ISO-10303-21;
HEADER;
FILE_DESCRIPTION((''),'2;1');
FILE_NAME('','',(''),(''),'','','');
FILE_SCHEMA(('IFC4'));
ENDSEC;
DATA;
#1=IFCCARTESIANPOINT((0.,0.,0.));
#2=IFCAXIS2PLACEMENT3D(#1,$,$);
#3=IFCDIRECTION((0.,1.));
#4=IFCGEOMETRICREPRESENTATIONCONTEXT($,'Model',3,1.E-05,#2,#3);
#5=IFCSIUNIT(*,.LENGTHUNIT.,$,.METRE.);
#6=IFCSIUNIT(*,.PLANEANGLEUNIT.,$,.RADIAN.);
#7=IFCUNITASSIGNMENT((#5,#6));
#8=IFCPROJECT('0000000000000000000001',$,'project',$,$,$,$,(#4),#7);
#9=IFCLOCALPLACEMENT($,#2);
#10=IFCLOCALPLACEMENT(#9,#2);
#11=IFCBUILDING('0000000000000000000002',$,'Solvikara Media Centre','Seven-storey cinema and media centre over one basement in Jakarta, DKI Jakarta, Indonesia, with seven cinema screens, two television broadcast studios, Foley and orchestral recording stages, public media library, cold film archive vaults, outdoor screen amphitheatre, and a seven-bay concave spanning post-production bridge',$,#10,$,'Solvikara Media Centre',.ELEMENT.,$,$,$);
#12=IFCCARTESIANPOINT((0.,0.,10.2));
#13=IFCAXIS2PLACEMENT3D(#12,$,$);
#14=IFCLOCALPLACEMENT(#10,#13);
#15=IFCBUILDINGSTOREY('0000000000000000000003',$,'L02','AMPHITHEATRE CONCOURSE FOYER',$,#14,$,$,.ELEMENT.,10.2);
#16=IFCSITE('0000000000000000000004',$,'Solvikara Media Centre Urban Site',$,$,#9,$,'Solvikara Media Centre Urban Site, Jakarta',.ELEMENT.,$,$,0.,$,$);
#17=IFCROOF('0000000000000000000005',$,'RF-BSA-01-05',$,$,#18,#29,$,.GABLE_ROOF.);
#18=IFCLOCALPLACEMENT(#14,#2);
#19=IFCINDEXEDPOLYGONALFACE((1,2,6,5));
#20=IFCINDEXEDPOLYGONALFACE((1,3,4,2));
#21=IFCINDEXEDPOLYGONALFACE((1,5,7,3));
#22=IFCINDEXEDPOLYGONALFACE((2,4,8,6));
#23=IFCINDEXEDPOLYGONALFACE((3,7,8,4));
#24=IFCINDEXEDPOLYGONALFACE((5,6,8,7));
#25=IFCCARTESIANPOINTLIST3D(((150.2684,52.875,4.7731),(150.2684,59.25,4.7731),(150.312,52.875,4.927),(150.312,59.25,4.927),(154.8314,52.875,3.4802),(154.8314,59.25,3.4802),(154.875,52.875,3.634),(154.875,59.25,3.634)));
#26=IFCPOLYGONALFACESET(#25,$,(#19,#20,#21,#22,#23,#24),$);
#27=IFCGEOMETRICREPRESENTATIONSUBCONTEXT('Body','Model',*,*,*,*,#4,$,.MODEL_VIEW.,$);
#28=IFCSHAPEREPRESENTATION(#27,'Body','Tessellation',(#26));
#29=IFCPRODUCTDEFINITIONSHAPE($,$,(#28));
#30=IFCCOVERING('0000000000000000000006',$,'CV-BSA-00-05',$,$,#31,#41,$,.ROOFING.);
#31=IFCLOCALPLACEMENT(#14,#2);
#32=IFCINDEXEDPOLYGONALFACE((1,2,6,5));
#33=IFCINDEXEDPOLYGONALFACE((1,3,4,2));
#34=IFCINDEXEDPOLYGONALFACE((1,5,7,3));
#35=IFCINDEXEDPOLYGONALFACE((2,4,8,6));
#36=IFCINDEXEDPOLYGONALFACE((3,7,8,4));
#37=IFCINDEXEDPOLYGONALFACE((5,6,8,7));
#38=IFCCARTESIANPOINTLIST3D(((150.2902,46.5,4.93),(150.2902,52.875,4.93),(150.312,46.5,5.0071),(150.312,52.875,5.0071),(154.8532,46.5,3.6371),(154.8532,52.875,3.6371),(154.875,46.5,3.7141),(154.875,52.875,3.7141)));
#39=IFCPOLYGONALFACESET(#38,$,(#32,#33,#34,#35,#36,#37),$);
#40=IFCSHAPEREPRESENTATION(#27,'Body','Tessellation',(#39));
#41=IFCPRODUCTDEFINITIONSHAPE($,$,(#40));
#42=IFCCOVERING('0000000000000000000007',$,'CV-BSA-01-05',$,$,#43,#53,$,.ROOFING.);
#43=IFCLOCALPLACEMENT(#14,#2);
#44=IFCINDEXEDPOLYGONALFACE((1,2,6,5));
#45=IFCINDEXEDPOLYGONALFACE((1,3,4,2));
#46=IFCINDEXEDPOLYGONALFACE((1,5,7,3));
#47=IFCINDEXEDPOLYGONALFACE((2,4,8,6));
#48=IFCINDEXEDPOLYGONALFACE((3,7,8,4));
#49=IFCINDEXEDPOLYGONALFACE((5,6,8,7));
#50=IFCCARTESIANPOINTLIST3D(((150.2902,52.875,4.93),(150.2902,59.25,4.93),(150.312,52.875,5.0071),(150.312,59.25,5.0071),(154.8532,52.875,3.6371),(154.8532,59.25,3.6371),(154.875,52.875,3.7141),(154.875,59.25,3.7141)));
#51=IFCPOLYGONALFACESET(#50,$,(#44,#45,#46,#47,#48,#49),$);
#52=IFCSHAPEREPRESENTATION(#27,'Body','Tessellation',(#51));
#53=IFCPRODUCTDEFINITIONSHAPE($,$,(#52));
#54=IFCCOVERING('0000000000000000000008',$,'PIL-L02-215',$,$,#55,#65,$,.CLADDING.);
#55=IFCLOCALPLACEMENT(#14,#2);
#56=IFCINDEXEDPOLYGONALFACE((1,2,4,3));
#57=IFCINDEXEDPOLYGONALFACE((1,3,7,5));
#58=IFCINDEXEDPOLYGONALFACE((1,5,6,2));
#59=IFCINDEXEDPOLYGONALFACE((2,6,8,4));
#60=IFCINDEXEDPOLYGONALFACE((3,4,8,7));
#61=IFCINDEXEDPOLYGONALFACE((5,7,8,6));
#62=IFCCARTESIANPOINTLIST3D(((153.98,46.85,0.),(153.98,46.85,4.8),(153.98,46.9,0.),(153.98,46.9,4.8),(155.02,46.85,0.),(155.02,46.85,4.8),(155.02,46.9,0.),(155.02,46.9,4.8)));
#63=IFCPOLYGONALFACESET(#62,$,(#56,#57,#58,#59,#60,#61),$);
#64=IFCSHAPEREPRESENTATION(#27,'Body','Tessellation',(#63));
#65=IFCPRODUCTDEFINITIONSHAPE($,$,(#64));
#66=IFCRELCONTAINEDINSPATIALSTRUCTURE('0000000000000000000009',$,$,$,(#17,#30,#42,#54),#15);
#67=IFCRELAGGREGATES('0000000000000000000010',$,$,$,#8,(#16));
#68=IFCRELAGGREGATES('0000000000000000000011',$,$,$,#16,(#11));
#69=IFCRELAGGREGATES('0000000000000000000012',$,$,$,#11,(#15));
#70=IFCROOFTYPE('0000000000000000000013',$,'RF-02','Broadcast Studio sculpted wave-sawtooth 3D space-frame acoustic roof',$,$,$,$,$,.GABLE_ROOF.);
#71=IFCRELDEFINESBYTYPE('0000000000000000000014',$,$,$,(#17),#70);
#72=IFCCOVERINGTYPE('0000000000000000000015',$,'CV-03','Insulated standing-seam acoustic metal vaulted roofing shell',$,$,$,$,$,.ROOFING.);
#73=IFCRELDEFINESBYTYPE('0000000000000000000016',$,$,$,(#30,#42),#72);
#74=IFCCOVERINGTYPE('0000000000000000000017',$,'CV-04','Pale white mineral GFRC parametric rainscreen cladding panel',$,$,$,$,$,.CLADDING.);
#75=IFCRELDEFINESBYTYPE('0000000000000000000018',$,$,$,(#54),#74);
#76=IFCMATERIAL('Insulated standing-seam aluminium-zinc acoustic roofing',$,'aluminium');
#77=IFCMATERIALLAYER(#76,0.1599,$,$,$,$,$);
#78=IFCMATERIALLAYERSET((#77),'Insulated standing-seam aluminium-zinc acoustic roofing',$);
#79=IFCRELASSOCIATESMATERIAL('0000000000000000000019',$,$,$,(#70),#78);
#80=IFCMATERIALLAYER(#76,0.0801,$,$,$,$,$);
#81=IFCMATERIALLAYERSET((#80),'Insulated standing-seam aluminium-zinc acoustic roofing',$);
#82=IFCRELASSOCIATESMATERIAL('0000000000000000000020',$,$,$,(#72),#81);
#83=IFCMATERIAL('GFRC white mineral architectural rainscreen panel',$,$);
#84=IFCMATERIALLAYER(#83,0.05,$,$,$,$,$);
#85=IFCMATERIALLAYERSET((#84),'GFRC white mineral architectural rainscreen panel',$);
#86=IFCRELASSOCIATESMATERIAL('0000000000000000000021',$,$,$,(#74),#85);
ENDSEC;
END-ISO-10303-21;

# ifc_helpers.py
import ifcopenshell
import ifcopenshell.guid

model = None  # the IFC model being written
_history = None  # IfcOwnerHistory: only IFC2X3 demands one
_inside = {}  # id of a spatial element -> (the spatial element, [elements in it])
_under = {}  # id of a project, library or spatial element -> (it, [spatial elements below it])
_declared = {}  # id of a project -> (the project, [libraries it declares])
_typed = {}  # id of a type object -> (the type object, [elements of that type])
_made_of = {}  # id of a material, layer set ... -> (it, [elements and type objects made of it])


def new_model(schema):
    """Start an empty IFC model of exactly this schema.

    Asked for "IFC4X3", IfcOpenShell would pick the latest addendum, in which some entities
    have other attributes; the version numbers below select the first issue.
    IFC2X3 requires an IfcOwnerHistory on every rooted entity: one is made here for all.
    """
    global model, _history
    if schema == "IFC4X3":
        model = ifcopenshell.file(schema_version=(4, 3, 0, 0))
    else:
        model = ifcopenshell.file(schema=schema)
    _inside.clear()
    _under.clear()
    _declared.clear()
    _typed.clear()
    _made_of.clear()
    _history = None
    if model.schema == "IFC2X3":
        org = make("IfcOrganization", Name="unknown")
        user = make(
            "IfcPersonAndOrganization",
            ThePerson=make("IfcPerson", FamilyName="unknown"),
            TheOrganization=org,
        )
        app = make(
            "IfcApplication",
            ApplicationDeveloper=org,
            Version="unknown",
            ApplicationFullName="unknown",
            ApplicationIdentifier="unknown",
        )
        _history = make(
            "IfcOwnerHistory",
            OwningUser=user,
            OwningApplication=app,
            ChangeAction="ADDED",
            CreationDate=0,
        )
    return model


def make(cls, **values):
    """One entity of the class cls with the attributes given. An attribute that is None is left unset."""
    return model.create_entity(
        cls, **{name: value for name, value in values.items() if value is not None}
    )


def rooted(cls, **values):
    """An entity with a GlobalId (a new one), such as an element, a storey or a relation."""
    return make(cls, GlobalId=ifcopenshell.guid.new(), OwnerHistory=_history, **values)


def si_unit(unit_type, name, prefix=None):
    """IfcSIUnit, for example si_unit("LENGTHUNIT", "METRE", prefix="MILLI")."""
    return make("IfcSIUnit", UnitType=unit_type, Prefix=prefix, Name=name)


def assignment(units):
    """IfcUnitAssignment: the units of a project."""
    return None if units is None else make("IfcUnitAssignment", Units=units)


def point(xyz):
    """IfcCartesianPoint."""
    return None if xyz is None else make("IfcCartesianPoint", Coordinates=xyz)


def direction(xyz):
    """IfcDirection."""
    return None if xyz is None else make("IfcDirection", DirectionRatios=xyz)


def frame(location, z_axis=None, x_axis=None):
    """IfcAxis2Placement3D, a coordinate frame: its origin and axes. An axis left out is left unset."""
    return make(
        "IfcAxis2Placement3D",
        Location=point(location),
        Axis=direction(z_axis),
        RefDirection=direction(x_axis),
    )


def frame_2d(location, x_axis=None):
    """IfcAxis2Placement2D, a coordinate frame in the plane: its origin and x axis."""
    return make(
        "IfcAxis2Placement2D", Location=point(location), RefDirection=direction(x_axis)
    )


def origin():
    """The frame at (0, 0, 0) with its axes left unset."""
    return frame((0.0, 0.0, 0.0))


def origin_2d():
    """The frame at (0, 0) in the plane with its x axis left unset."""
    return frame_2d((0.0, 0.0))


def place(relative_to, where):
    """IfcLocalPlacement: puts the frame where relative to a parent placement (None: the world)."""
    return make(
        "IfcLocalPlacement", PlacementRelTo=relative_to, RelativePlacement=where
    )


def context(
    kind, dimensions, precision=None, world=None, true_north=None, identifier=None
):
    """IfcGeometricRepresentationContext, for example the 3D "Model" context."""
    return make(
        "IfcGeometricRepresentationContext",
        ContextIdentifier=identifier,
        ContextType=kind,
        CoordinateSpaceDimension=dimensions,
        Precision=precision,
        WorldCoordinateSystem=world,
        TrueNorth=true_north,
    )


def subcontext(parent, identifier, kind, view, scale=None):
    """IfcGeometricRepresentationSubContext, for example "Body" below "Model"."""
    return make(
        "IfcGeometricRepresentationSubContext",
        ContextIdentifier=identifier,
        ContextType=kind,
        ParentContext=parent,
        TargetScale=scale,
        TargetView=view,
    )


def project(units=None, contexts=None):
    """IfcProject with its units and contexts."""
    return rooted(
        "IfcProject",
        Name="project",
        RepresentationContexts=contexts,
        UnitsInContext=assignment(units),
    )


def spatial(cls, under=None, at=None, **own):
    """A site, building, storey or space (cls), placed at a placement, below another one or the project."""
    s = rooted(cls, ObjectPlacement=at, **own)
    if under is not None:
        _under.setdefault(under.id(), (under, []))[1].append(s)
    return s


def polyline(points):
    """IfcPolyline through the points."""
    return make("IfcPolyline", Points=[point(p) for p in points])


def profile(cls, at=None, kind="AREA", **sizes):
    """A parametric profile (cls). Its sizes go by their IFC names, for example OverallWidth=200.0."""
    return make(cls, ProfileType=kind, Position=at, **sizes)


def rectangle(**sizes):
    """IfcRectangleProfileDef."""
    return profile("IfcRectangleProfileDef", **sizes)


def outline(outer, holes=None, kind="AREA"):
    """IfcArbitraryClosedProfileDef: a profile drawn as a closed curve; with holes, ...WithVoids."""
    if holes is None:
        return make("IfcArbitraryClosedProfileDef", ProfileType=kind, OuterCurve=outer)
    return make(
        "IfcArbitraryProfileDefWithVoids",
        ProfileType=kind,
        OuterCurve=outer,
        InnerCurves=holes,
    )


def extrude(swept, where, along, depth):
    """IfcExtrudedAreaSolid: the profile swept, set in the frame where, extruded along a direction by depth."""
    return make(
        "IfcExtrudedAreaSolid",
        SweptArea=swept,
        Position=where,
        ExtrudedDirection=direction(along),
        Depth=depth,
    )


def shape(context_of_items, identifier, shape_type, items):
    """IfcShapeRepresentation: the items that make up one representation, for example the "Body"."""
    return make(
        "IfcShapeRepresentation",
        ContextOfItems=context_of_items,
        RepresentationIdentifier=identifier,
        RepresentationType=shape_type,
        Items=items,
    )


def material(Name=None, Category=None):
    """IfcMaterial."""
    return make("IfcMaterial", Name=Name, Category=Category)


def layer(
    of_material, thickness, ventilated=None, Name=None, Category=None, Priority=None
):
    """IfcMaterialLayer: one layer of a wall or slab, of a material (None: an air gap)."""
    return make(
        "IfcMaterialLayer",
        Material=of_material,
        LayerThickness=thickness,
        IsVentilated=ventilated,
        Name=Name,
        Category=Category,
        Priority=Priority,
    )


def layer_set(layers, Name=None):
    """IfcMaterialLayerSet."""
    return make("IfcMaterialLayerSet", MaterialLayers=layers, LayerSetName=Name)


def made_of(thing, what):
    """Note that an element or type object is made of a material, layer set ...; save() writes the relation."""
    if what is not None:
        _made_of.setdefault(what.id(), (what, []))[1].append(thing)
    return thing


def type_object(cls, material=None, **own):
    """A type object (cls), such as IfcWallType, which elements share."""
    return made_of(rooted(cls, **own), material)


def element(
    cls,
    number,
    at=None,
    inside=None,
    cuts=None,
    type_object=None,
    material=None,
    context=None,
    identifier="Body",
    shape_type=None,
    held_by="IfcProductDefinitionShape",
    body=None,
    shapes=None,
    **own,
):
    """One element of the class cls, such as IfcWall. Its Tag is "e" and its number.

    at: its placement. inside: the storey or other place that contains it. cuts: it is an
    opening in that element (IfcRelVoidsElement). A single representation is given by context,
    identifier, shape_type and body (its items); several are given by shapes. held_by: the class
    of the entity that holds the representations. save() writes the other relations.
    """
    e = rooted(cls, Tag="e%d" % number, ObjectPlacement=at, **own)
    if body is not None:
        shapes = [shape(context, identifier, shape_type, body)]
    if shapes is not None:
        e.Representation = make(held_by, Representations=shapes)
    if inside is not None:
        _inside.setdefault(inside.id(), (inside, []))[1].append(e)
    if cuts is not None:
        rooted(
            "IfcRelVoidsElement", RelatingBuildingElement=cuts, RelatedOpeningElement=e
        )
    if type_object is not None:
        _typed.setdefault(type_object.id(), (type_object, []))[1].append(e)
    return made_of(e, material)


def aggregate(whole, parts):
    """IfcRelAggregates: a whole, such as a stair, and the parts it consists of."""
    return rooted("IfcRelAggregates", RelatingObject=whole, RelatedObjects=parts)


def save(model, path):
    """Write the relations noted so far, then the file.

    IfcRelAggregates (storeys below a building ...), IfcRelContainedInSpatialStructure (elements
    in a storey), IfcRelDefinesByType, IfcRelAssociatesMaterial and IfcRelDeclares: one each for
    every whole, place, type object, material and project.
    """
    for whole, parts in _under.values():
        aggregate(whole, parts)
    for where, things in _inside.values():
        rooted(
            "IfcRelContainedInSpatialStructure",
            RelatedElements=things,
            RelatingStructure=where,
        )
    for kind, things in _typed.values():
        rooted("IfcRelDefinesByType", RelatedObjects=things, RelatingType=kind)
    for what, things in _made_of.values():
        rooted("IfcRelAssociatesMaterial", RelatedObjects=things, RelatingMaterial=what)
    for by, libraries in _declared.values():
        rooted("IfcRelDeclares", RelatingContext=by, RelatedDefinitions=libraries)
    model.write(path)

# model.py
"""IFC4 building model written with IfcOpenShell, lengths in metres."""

from ifc_helpers import new_model, si_unit, direction, frame, origin, origin_2d, place, context, subcontext, project, spatial, polyline, rectangle, outline, extrude, material, layer, layer_set, type_object, element, save


model = new_model("IFC4")

# Units and contexts
model_context = context("Model", 3, precision=1e-05, world=origin(), true_north=direction((0.0, 1.0)))
body_context = subcontext(model_context, "Body", "Model", "MODEL_VIEW")
ifc_project = project(units=[si_unit("LENGTHUNIT", "METRE"), si_unit("PLANEANGLEUNIT", "RADIAN")], contexts=[model_context])

# Site, building, storey
site_placement = place(None, origin())
site = spatial("IfcSite", under=ifc_project, at=site_placement, Name="Solvikara Media Centre Urban Site", LongName="Solvikara Media Centre Urban Site, Jakarta", CompositionType="ELEMENT", RefElevation=0.0)
building_placement = place(site_placement, origin())
building = spatial("IfcBuilding", under=site, at=building_placement, Name="Solvikara Media Centre", Description="Seven-storey cinema and media centre over one basement in Jakarta, DKI Jakarta, Indonesia, with seven cinema screens, two television broadcast studios, Foley and orchestral recording stages, public media library, cold film archive vaults, outdoor screen amphitheatre, and a seven-bay concave spanning post-production bridge", LongName="Solvikara Media Centre", CompositionType="ELEMENT")
storey_placement = place(building_placement, frame((0.0, 0.0, 10.2)))
storey = spatial("IfcBuildingStorey", under=building, at=storey_placement, Name="L02", Description="AMPHITHEATRE CONCOURSE FOYER", CompositionType="ELEMENT", Elevation=10.2)

# Roof
ifc_material_1 = material(Name="Insulated standing-seam aluminium-zinc acoustic roofing", Category="aluminium")
ifc_layer_1 = layer(ifc_material_1, 0.1599)
ifc_layer_set_1 = layer_set([ifc_layer_1], Name="Insulated standing-seam aluminium-zinc acoustic roofing")
roof_type = type_object("IfcRoofType", Name="RF-02", Description="Broadcast Studio sculpted wave-sawtooth 3D space-frame acoustic roof", PredefinedType="GABLE_ROOF", material=ifc_layer_set_1)
for number, where, z_axis, x_axis, name in (
    (1, (150.312, 52.875, 4.927), (0.272626, 0.0, 0.96212), (0.96212, 0.0, -0.272626), "RF-BSA-01-05"),
):
    element("IfcRoof", number, at=place(storey_placement, frame(where, z_axis=z_axis, x_axis=x_axis)), inside=storey, type_object=roof_type, Name=name, PredefinedType="GABLE_ROOF", context=body_context, shape_type="SweptSolid", body=[
        extrude(outline(polyline([(0.0, 0.0), (4.7426, 0.0), (4.7426, 6.375), (0.0, 6.375), (0.0, 0.0)])), origin(), (0.0, 0.0, -1.0), 0.1599),
    ])

# Coverings
ifc_layer_2 = layer(ifc_material_1, 0.0801)
ifc_layer_set_2 = layer_set([ifc_layer_2], Name="Insulated standing-seam aluminium-zinc acoustic roofing")
covering_type_1 = type_object("IfcCoveringType", Name="CV-03", Description="Insulated standing-seam acoustic metal vaulted roofing shell", PredefinedType="ROOFING", material=ifc_layer_set_2)
for number, where, z_axis, x_axis, name in (
    (2, (150.312, 46.5, 5.0071), (0.272626, 0.0, 0.96212), (0.96212, 0.0, -0.272626), "CV-BSA-00-05"),
    (3, (150.312, 52.875, 5.0071), (0.272626, 0.0, 0.96212), (0.96212, 0.0, -0.272626), "CV-BSA-01-05"),
):
    element("IfcCovering", number, at=place(storey_placement, frame(where, z_axis=z_axis, x_axis=x_axis)), inside=storey, type_object=covering_type_1, Name=name, PredefinedType="ROOFING", context=body_context, shape_type="SweptSolid", body=[
        extrude(outline(polyline([(0.0, 0.0), (4.7426, 0.0), (4.7426, 6.375), (0.0, 6.375), (0.0, 0.0)])), origin(), (0.0, 0.0, -1.0), 0.0801),
    ])
ifc_material_2 = material(Name="GFRC white mineral architectural rainscreen panel")
ifc_layer_3 = layer(ifc_material_2, 0.05)
ifc_layer_set_3 = layer_set([ifc_layer_3], Name="GFRC white mineral architectural rainscreen panel")
covering_type_2 = type_object("IfcCoveringType", Name="CV-04", Description="Pale white mineral GFRC parametric rainscreen cladding panel", PredefinedType="CLADDING", material=ifc_layer_set_3)
covering_placement = place(storey_placement, frame((154.5, 46.875, 0.0), z_axis=(0.0, 0.0, 1.0), x_axis=(-1.0, 0.0, 0.0)))
element("IfcCovering", 4, at=covering_placement, inside=storey, type_object=covering_type_2, Name="PIL-L02-215", PredefinedType="CLADDING", context=body_context, shape_type="SweptSolid", body=[
    extrude(rectangle(XDim=1.04, YDim=0.05, at=origin_2d()), origin(), (0.0, 0.0, 1.0), 4.8),
])

save(model, "model.ifc")
